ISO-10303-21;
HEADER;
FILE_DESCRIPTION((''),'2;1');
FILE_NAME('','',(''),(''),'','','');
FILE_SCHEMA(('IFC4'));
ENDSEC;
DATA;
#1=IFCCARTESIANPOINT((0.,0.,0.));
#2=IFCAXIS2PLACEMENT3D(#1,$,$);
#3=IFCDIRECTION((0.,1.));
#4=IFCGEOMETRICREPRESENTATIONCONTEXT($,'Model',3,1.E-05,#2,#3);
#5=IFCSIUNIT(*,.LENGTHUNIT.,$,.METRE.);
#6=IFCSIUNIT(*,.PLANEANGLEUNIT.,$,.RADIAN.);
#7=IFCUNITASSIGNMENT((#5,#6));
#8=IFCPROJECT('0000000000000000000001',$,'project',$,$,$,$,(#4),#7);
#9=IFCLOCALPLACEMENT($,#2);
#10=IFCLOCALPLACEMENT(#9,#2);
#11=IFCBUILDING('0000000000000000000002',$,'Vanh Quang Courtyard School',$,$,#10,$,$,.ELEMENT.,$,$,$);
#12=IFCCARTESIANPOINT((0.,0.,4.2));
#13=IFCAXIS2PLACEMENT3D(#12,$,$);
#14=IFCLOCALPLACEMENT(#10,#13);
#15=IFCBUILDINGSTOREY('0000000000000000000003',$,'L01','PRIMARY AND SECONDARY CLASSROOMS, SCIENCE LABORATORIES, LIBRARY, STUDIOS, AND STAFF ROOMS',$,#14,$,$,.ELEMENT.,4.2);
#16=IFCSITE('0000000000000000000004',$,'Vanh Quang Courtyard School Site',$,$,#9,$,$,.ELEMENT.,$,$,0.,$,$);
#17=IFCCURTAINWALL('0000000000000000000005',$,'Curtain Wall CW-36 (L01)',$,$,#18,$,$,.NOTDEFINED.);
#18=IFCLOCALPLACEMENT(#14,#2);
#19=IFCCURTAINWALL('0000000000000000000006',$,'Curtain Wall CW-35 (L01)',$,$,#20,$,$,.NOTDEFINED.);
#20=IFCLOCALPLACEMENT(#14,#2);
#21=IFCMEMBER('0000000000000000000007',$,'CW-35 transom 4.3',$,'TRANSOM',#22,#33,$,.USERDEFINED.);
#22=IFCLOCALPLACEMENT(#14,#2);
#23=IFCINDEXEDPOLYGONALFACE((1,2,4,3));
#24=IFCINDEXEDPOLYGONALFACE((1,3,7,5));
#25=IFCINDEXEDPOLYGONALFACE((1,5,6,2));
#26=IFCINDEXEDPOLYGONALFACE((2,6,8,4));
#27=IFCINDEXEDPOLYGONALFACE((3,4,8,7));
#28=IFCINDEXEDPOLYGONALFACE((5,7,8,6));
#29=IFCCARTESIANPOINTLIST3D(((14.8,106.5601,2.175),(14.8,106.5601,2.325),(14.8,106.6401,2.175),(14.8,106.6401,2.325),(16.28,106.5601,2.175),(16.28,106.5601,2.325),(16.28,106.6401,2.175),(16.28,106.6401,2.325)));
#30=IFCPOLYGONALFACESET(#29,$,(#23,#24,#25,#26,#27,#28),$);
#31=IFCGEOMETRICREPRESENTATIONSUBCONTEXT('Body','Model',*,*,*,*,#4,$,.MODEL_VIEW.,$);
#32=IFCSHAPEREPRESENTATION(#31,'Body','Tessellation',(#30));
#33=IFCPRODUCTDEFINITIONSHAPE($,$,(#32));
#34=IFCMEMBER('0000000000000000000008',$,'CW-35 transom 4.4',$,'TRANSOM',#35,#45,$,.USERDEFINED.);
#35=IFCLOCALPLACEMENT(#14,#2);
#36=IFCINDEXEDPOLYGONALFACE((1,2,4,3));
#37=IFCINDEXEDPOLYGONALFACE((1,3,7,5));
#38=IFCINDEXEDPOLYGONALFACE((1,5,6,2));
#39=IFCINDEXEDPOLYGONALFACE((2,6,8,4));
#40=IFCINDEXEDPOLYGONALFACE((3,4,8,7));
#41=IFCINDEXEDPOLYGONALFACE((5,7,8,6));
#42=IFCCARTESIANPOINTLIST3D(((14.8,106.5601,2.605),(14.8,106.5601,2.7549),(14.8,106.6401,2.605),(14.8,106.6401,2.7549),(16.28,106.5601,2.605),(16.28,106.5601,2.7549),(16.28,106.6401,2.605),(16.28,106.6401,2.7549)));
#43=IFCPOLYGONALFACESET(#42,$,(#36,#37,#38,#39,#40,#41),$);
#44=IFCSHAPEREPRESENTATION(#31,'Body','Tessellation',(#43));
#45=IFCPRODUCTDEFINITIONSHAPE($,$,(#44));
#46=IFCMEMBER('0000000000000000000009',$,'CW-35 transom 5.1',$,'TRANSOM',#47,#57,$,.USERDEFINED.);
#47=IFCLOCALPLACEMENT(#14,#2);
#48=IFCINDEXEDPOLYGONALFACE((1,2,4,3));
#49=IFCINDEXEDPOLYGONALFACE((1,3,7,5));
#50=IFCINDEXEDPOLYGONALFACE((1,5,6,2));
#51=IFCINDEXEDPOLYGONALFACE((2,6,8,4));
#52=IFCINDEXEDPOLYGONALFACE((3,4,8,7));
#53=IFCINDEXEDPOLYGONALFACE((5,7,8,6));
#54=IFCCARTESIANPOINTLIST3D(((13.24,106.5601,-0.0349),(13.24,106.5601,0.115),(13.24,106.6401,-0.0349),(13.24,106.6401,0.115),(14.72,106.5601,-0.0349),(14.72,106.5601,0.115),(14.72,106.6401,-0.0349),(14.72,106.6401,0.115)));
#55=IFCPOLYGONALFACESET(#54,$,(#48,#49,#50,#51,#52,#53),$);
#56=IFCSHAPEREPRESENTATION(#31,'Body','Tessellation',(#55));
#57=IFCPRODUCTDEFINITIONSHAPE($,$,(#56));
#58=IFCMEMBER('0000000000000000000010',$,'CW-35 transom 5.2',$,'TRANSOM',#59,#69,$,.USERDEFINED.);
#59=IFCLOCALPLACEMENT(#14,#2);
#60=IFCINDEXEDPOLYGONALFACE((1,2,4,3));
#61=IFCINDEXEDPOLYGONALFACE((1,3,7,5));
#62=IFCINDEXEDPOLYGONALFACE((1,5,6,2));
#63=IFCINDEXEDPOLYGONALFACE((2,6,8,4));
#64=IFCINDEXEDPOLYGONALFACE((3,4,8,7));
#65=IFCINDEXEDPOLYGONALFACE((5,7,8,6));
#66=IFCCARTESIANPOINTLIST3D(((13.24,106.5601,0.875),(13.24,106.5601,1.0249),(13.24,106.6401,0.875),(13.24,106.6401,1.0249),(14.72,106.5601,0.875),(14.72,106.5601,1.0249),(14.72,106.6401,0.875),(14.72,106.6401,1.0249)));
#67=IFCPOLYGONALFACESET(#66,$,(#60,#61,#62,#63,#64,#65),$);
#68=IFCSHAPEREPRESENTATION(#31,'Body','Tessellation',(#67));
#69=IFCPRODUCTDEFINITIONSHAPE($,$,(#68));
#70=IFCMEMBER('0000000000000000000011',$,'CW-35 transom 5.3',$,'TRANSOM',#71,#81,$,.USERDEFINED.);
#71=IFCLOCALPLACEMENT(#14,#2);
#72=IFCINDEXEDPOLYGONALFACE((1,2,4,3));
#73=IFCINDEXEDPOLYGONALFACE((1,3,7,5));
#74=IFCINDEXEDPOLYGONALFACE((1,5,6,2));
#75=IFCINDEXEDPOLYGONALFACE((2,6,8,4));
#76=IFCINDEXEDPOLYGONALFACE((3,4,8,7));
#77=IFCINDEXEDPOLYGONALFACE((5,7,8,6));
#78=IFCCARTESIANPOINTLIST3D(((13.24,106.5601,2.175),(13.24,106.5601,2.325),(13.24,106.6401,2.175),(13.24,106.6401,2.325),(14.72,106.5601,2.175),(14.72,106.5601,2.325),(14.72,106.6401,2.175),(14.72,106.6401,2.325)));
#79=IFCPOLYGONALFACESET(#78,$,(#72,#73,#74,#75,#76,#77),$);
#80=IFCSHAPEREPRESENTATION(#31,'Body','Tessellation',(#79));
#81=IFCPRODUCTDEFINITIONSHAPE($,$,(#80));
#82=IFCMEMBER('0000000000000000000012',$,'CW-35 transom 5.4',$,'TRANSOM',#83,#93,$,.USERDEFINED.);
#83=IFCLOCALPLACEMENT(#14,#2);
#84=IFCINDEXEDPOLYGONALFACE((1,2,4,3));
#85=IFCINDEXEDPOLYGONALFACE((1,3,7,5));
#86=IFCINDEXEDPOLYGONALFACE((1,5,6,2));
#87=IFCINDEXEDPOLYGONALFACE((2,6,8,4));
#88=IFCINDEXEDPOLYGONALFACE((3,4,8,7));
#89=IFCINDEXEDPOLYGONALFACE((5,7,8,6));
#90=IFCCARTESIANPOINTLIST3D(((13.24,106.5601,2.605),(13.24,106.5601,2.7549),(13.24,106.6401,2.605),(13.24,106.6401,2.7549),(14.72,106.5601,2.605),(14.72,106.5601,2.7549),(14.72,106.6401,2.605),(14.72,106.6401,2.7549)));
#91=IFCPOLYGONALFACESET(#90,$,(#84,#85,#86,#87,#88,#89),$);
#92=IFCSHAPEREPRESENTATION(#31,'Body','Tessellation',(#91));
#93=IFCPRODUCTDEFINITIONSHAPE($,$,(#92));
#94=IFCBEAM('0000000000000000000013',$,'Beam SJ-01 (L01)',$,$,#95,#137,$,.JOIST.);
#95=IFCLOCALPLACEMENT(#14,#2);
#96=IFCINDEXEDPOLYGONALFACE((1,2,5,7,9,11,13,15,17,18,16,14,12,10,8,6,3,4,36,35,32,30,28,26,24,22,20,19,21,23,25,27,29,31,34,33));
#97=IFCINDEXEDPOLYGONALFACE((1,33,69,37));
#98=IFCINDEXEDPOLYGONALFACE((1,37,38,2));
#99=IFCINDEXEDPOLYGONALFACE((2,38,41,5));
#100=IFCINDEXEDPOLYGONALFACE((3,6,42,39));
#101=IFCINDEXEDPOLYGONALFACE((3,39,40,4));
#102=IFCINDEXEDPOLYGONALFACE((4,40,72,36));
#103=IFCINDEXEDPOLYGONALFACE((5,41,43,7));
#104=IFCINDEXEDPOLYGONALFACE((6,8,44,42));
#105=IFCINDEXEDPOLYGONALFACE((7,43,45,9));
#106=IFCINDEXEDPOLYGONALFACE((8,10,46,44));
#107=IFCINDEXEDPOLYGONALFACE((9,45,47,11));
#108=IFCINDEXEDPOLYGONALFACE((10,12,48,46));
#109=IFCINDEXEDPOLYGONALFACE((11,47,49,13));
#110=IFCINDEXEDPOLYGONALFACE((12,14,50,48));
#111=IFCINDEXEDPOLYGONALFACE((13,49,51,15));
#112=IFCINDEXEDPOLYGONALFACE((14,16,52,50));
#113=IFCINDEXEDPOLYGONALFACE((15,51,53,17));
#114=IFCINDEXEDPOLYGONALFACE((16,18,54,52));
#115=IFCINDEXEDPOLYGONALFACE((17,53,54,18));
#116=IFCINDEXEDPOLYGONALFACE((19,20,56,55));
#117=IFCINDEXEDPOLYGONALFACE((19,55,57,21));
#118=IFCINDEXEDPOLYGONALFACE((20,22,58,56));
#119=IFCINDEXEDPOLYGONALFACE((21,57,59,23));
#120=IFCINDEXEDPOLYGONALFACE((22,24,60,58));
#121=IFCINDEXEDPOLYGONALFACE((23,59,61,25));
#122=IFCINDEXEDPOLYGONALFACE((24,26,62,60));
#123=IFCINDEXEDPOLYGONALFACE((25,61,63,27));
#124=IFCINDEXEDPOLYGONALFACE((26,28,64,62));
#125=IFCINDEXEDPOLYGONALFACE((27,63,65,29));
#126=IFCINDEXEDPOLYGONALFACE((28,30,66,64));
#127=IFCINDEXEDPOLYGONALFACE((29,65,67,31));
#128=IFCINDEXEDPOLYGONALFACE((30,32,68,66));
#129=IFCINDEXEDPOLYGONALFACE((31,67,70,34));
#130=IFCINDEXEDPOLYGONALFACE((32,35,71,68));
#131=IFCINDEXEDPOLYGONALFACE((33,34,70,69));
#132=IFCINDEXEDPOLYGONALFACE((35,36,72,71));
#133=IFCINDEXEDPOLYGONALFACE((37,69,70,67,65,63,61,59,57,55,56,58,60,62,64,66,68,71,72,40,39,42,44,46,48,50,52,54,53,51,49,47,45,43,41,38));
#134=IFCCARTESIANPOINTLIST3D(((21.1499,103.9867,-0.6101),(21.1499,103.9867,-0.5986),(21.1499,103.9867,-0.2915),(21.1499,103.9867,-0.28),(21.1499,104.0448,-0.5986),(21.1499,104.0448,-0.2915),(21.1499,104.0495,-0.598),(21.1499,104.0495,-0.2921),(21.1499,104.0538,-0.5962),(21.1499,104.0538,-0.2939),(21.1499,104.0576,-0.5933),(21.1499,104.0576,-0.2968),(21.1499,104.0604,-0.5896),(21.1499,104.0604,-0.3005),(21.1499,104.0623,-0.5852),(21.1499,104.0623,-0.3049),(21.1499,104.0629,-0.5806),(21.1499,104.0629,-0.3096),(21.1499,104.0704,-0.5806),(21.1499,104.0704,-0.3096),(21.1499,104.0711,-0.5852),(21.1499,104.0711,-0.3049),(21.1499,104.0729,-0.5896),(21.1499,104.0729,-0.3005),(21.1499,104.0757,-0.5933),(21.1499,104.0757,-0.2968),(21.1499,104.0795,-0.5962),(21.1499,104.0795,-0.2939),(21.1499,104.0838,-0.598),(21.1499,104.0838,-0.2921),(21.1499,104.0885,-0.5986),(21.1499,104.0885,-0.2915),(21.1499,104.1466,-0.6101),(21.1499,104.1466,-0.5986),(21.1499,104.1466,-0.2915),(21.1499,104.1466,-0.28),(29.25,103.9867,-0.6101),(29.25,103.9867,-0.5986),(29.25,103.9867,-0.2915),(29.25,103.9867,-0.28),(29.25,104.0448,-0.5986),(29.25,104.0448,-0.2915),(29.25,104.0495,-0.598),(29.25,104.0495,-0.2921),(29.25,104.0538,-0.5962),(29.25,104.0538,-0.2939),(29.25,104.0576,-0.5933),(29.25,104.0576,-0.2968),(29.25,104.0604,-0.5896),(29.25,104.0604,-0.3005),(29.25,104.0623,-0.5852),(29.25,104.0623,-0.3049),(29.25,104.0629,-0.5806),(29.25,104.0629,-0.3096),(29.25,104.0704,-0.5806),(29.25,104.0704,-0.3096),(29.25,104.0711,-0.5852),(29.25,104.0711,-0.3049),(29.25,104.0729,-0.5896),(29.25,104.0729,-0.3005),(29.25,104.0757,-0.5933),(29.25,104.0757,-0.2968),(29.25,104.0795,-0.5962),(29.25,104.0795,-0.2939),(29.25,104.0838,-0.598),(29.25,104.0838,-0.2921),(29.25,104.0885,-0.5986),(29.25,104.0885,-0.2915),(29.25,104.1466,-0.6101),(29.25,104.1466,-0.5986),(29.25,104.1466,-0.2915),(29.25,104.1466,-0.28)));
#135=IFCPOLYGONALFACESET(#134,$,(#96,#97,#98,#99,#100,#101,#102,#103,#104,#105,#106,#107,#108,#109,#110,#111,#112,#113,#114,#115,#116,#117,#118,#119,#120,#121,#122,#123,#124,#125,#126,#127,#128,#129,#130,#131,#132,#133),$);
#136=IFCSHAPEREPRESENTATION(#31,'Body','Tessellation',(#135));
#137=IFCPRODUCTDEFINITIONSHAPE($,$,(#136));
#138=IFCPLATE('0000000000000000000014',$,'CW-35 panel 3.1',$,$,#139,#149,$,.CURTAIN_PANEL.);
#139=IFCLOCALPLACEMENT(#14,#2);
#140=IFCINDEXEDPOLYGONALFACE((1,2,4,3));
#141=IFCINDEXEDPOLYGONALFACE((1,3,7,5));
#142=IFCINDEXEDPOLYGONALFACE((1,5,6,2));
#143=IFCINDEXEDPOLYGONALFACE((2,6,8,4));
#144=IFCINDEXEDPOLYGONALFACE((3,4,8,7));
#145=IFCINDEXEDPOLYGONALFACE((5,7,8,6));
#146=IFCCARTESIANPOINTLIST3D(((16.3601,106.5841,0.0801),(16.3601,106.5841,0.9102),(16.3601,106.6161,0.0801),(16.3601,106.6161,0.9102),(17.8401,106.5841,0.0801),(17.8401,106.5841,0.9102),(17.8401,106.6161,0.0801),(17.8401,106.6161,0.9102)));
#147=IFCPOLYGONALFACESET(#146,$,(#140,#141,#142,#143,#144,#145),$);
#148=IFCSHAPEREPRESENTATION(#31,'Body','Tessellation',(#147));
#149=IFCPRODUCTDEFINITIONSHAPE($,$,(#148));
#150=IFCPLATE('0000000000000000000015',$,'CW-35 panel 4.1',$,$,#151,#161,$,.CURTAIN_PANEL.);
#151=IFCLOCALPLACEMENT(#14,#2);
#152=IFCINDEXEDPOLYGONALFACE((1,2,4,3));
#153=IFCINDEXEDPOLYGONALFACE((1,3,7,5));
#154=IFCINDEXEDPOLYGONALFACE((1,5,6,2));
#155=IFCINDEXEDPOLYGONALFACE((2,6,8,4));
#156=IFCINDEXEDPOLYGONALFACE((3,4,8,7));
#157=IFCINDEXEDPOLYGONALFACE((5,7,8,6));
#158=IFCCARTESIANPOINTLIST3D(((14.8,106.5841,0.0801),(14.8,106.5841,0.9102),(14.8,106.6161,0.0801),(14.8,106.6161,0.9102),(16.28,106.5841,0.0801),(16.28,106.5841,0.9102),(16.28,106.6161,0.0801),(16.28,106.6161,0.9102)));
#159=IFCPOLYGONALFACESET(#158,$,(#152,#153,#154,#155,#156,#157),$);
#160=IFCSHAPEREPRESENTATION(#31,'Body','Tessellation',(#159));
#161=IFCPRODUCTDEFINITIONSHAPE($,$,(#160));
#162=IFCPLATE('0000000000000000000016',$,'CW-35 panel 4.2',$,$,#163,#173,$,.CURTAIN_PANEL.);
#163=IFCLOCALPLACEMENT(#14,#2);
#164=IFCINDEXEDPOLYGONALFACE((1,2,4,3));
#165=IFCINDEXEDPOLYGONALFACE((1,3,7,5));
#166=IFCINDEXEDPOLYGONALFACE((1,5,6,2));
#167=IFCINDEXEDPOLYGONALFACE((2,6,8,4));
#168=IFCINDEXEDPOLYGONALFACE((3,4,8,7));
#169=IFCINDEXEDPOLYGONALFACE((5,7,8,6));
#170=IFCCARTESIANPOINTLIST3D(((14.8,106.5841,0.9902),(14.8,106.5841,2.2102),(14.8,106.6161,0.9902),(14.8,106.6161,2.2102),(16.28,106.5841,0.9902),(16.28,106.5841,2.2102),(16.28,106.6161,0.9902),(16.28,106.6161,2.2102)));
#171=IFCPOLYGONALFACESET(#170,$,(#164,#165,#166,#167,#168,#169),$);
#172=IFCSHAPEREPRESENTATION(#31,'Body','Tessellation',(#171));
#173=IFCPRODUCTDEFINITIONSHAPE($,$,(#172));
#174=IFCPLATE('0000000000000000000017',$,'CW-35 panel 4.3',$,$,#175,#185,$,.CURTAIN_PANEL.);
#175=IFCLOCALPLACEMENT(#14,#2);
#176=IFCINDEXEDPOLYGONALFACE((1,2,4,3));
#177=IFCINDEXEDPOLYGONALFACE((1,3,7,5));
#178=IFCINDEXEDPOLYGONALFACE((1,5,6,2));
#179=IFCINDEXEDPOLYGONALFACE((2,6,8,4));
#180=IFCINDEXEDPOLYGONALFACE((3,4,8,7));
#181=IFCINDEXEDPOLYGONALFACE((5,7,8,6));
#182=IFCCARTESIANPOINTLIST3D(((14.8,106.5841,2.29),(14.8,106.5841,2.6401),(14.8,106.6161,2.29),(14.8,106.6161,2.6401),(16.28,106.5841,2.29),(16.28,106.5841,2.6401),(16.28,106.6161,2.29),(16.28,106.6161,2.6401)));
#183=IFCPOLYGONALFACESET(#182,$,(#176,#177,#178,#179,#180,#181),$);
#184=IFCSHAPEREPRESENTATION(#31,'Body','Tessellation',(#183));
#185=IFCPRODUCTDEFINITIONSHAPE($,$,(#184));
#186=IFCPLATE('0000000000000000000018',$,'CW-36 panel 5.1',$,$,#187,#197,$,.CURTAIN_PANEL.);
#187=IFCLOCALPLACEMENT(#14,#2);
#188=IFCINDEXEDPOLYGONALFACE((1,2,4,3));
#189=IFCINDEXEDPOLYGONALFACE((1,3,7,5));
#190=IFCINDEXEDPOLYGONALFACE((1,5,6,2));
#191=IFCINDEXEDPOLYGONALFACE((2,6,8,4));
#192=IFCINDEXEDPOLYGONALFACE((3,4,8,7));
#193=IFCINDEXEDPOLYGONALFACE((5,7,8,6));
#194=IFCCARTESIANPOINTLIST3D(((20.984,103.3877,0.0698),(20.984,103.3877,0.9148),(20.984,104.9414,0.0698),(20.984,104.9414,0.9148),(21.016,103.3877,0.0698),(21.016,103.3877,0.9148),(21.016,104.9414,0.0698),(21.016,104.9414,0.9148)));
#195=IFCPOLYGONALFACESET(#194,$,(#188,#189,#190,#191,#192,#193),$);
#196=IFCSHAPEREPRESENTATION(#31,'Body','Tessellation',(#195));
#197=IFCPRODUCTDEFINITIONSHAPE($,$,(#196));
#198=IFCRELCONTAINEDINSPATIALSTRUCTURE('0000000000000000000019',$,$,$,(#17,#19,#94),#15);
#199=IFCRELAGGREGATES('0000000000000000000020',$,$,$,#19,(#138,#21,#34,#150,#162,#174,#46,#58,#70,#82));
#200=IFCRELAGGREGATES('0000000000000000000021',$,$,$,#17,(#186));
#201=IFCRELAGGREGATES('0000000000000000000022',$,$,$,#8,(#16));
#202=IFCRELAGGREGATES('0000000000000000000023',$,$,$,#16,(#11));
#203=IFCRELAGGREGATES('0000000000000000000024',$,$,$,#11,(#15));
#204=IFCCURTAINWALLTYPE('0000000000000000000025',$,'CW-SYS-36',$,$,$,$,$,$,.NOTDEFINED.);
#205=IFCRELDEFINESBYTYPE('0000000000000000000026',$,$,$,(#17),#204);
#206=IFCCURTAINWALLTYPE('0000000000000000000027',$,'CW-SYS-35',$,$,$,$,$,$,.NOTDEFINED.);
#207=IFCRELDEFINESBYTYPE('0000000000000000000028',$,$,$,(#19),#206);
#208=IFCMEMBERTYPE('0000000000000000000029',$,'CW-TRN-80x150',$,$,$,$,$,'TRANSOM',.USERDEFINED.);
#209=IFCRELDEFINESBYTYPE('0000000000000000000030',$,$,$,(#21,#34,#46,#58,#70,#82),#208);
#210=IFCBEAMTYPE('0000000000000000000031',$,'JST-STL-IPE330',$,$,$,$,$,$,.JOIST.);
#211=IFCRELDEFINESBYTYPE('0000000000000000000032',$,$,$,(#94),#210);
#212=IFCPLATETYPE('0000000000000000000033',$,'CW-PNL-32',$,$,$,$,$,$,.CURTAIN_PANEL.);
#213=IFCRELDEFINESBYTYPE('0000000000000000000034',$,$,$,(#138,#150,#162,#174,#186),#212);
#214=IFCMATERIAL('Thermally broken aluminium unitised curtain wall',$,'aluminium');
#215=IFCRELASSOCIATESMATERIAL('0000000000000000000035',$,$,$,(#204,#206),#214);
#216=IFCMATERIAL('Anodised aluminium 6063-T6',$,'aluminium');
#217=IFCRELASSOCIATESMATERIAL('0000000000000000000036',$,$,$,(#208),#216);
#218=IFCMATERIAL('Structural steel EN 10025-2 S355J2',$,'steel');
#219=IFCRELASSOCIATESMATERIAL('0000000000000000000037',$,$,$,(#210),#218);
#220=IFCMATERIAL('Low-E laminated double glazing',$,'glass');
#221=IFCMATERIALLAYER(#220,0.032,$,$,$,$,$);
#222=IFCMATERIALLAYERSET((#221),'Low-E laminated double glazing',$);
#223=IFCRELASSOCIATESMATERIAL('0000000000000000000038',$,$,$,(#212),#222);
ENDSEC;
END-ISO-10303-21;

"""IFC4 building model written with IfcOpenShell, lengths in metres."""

from ifc_helpers import new_model, si_unit, direction, frame, origin, origin_2d, place, context, subcontext, project, spatial, rectangle, i_section, extrude, material, layer, layer_set, material_profile, profile_set, type_object, element, aggregate, save


model = new_model("IFC4")

# Units and contexts
model_context = context("Model", 3, precision=1e-05, world=origin(), true_north=direction((0.0, 1.0)))
body_context = subcontext(model_context, "Body", "Model", "MODEL_VIEW")
ifc_project = project(units=[si_unit("LENGTHUNIT", "METRE"), si_unit("PLANEANGLEUNIT", "RADIAN")], contexts=[model_context])

# Site, building, storey
site_placement = place(None, origin())
site = spatial("IfcSite", under=ifc_project, at=site_placement, Name="Vanh Quang Courtyard School Site", CompositionType="ELEMENT", RefElevation=0.0)
building_placement = place(site_placement, origin())
building = spatial("IfcBuilding", under=site, at=building_placement, Name="Vanh Quang Courtyard School", CompositionType="ELEMENT")
storey_placement = place(building_placement, frame((0.0, 0.0, 4.2)))
storey = spatial("IfcBuildingStorey", under=building, at=storey_placement, Name="L01", Description="PRIMARY AND SECONDARY CLASSROOMS, SCIENCE LABORATORIES, LIBRARY, STUDIOS, AND STAFF ROOMS", CompositionType="ELEMENT", Elevation=4.2)

# Curtain walls
ifc_material_1 = material(Name="Thermally broken aluminium unitised curtain wall", Category="aluminium")
curtain_wall_type_1 = type_object("IfcCurtainWallType", Name="CW-SYS-36", PredefinedType="NOTDEFINED", material=ifc_material_1)
curtain_wall_1_placement = place(storey_placement, origin())
curtain_wall_1 = element("IfcCurtainWall", 1, at=curtain_wall_1_placement, inside=storey, type_object=curtain_wall_type_1, Name="Curtain Wall CW-36 (L01)", PredefinedType="NOTDEFINED")
ifc_material_2 = material(Name="Anodised aluminium 6063-T6", Category="aluminium")
curtain_wall_type_2 = type_object("IfcCurtainWallType", Name="CW-SYS-35", PredefinedType="NOTDEFINED", material=ifc_material_1)
curtain_wall_2_placement = place(storey_placement, origin())
curtain_wall_2 = element("IfcCurtainWall", 2, at=curtain_wall_2_placement, inside=storey, type_object=curtain_wall_type_2, Name="Curtain Wall CW-35 (L01)", PredefinedType="NOTDEFINED")

# Members
ifc_material_profile_1 = material_profile(ifc_material_2, rectangle(XDim=0.0801, YDim=0.1499, at=origin_2d()), Name="ALU-TRN 80x150")
ifc_profile_set_1 = profile_set([ifc_material_profile_1], Name="Anodised aluminium 6063-T6")
member_type_1 = type_object("IfcMemberType", Name="CW-TRN-80x150", ElementType="TRANSOM", PredefinedType="USERDEFINED", material=ifc_profile_set_1)
member_1_placement = place(storey_placement, frame((16.28, 106.6001, 2.25), z_axis=(-1.0, 0.0, 0.0), x_axis=(0.0, -1.0, 0.0)))
member_1 = element("IfcMember", 3, at=member_1_placement, type_object=member_type_1, Name="CW-35 transom 4.3", ObjectType="TRANSOM", PredefinedType="USERDEFINED", context=body_context, shape_type="SweptSolid", body=[
    extrude(rectangle(XDim=0.0801, YDim=0.1499, at=origin_2d()), origin(), (0.0, 0.0, 1.0), 1.48),
])
member_2_placement = place(storey_placement, frame((16.28, 106.6001, 2.6799), z_axis=(-1.0, 0.0, 0.0), x_axis=(0.0, -1.0, 0.0)))
member_2 = element("IfcMember", 4, at=member_2_placement, type_object=member_type_1, Name="CW-35 transom 4.4", ObjectType="TRANSOM", PredefinedType="USERDEFINED", context=body_context, shape_type="SweptSolid", body=[
    extrude(rectangle(XDim=0.0801, YDim=0.1499, at=origin_2d()), origin(), (0.0, 0.0, 1.0), 1.48),
])
member_3_placement = place(storey_placement, frame((14.72, 106.6001, 0.04), z_axis=(-1.0, 0.0, 0.0), x_axis=(0.0, -1.0, 0.0)))
member_3 = element("IfcMember", 5, at=member_3_placement, type_object=member_type_1, Name="CW-35 transom 5.1", ObjectType="TRANSOM", PredefinedType="USERDEFINED", context=body_context, shape_type="SweptSolid", body=[
    extrude(rectangle(XDim=0.0801, YDim=0.1499, at=origin_2d()), origin(), (0.0, 0.0, 1.0), 1.48),
])
member_4_placement = place(storey_placement, frame((14.72, 106.6001, 0.95), z_axis=(-1.0, 0.0, 0.0), x_axis=(0.0, -1.0, 0.0)))
member_4 = element("IfcMember", 6, at=member_4_placement, type_object=member_type_1, Name="CW-35 transom 5.2", ObjectType="TRANSOM", PredefinedType="USERDEFINED", context=body_context, shape_type="SweptSolid", body=[
    extrude(rectangle(XDim=0.0801, YDim=0.1499, at=origin_2d()), origin(), (0.0, 0.0, 1.0), 1.48),
])
member_5_placement = place(storey_placement, frame((14.72, 106.6001, 2.25), z_axis=(-1.0, 0.0, 0.0), x_axis=(0.0, -1.0, 0.0)))
member_5 = element("IfcMember", 7, at=member_5_placement, type_object=member_type_1, Name="CW-35 transom 5.3", ObjectType="TRANSOM", PredefinedType="USERDEFINED", context=body_context, shape_type="SweptSolid", body=[
    extrude(rectangle(XDim=0.0801, YDim=0.1499, at=origin_2d()), origin(), (0.0, 0.0, 1.0), 1.48),
])
member_6_placement = place(storey_placement, frame((14.72, 106.6001, 2.6799), z_axis=(-1.0, 0.0, 0.0), x_axis=(0.0, -1.0, 0.0)))
member_6 = element("IfcMember", 8, at=member_6_placement, type_object=member_type_1, Name="CW-35 transom 5.4", ObjectType="TRANSOM", PredefinedType="USERDEFINED", context=body_context, shape_type="SweptSolid", body=[
    extrude(rectangle(XDim=0.0801, YDim=0.1499, at=origin_2d()), origin(), (0.0, 0.0, 1.0), 1.48),
])

# Beam
ifc_material_3 = material(Name="Structural steel EN 10025-2 S355J2", Category="steel")
ifc_material_profile_2 = material_profile(ifc_material_3, i_section(OverallWidth=0.1599, OverallDepth=0.3301, WebThickness=0.0076, FlangeThickness=0.0115, FilletRadius=0.0181, at=origin_2d()), Name="IPE 330")
ifc_profile_set_2 = profile_set([ifc_material_profile_2], Name="Structural steel EN 10025-2 S355J2")
beam_type = type_object("IfcBeamType", Name="JST-STL-IPE330", PredefinedType="JOIST", material=ifc_profile_set_2)
beam_placement = place(storey_placement, frame((21.1499, 104.0667, -0.4451), z_axis=(1.0, 0.0, 0.0), x_axis=(0.0, 1.0, 0.0)))
element("IfcBeam", 9, at=beam_placement, inside=storey, type_object=beam_type, Name="Beam SJ-01 (L01)", PredefinedType="JOIST", context=body_context, shape_type="SweptSolid", body=[
    extrude(i_section(OverallWidth=0.1599, OverallDepth=0.3301, WebThickness=0.0076, FlangeThickness=0.0115, FilletRadius=0.0181, at=origin_2d()), origin(), (0.0, 0.0, 1.0), 8.1001),
])

# Plates
ifc_material_4 = material(Name="Low-E laminated double glazing", Category="glass")
ifc_layer = layer(ifc_material_4, 0.032)
ifc_layer_set = layer_set([ifc_layer], Name="Low-E laminated double glazing")
plate_type = type_object("IfcPlateType", Name="CW-PNL-32", PredefinedType="CURTAIN_PANEL", material=ifc_layer_set)
plate_1_placement = place(storey_placement, frame((17.1001, 106.6001, 0.0801), z_axis=(0.0, 0.0, 1.0), x_axis=(-1.0, 0.0, 0.0)))
plate_1 = element("IfcPlate", 10, at=plate_1_placement, type_object=plate_type, Name="CW-35 panel 3.1", PredefinedType="CURTAIN_PANEL", context=body_context, shape_type="SweptSolid", body=[
    extrude(rectangle(XDim=1.48, YDim=0.032, at=origin_2d()), origin(), (0.0, 0.0, 1.0), 0.8301),
])
plate_2_placement = place(storey_placement, frame((15.54, 106.6001, 0.0801), z_axis=(0.0, 0.0, 1.0), x_axis=(-1.0, 0.0, 0.0)))
plate_2 = element("IfcPlate", 11, at=plate_2_placement, type_object=plate_type, Name="CW-35 panel 4.1", PredefinedType="CURTAIN_PANEL", context=body_context, shape_type="SweptSolid", body=[
    extrude(rectangle(XDim=1.48, YDim=0.032, at=origin_2d()), origin(), (0.0, 0.0, 1.0), 0.8301),
])
plate_3_placement = place(storey_placement, frame((15.54, 106.6001, 0.9902), z_axis=(0.0, 0.0, 1.0), x_axis=(-1.0, 0.0, 0.0)))
plate_3 = element("IfcPlate", 12, at=plate_3_placement, type_object=plate_type, Name="CW-35 panel 4.2", PredefinedType="CURTAIN_PANEL", context=body_context, shape_type="SweptSolid", body=[
    extrude(rectangle(XDim=1.48, YDim=0.032, at=origin_2d()), origin(), (0.0, 0.0, 1.0), 1.22),
])
plate_4_placement = place(storey_placement, frame((15.54, 106.6001, 2.29), z_axis=(0.0, 0.0, 1.0), x_axis=(-1.0, 0.0, 0.0)))
plate_4 = element("IfcPlate", 13, at=plate_4_placement, type_object=plate_type, Name="CW-35 panel 4.3", PredefinedType="CURTAIN_PANEL", context=body_context, shape_type="SweptSolid", body=[
    extrude(rectangle(XDim=1.48, YDim=0.032, at=origin_2d()), origin(), (0.0, 0.0, 1.0), 0.3501),
])
aggregate(curtain_wall_2, [plate_1, member_1, member_2, plate_2, plate_3, plate_4, member_3, member_4, member_5, member_6])
plate_5_placement = place(storey_placement, frame((21.0, 104.1646, 0.0698), z_axis=(0.0, 0.0, 1.0), x_axis=(0.0, 1.0, 0.0)))
plate_5 = element("IfcPlate", 14, at=plate_5_placement, type_object=plate_type, Name="CW-36 panel 5.1", PredefinedType="CURTAIN_PANEL", context=body_context, shape_type="SweptSolid", body=[
    extrude(rectangle(XDim=1.5537, YDim=0.032, at=origin_2d()), origin(), (0.0, 0.0, 1.0), 0.845),
])
aggregate(curtain_wall_1, [plate_5])

save(model, "model.ifc")
